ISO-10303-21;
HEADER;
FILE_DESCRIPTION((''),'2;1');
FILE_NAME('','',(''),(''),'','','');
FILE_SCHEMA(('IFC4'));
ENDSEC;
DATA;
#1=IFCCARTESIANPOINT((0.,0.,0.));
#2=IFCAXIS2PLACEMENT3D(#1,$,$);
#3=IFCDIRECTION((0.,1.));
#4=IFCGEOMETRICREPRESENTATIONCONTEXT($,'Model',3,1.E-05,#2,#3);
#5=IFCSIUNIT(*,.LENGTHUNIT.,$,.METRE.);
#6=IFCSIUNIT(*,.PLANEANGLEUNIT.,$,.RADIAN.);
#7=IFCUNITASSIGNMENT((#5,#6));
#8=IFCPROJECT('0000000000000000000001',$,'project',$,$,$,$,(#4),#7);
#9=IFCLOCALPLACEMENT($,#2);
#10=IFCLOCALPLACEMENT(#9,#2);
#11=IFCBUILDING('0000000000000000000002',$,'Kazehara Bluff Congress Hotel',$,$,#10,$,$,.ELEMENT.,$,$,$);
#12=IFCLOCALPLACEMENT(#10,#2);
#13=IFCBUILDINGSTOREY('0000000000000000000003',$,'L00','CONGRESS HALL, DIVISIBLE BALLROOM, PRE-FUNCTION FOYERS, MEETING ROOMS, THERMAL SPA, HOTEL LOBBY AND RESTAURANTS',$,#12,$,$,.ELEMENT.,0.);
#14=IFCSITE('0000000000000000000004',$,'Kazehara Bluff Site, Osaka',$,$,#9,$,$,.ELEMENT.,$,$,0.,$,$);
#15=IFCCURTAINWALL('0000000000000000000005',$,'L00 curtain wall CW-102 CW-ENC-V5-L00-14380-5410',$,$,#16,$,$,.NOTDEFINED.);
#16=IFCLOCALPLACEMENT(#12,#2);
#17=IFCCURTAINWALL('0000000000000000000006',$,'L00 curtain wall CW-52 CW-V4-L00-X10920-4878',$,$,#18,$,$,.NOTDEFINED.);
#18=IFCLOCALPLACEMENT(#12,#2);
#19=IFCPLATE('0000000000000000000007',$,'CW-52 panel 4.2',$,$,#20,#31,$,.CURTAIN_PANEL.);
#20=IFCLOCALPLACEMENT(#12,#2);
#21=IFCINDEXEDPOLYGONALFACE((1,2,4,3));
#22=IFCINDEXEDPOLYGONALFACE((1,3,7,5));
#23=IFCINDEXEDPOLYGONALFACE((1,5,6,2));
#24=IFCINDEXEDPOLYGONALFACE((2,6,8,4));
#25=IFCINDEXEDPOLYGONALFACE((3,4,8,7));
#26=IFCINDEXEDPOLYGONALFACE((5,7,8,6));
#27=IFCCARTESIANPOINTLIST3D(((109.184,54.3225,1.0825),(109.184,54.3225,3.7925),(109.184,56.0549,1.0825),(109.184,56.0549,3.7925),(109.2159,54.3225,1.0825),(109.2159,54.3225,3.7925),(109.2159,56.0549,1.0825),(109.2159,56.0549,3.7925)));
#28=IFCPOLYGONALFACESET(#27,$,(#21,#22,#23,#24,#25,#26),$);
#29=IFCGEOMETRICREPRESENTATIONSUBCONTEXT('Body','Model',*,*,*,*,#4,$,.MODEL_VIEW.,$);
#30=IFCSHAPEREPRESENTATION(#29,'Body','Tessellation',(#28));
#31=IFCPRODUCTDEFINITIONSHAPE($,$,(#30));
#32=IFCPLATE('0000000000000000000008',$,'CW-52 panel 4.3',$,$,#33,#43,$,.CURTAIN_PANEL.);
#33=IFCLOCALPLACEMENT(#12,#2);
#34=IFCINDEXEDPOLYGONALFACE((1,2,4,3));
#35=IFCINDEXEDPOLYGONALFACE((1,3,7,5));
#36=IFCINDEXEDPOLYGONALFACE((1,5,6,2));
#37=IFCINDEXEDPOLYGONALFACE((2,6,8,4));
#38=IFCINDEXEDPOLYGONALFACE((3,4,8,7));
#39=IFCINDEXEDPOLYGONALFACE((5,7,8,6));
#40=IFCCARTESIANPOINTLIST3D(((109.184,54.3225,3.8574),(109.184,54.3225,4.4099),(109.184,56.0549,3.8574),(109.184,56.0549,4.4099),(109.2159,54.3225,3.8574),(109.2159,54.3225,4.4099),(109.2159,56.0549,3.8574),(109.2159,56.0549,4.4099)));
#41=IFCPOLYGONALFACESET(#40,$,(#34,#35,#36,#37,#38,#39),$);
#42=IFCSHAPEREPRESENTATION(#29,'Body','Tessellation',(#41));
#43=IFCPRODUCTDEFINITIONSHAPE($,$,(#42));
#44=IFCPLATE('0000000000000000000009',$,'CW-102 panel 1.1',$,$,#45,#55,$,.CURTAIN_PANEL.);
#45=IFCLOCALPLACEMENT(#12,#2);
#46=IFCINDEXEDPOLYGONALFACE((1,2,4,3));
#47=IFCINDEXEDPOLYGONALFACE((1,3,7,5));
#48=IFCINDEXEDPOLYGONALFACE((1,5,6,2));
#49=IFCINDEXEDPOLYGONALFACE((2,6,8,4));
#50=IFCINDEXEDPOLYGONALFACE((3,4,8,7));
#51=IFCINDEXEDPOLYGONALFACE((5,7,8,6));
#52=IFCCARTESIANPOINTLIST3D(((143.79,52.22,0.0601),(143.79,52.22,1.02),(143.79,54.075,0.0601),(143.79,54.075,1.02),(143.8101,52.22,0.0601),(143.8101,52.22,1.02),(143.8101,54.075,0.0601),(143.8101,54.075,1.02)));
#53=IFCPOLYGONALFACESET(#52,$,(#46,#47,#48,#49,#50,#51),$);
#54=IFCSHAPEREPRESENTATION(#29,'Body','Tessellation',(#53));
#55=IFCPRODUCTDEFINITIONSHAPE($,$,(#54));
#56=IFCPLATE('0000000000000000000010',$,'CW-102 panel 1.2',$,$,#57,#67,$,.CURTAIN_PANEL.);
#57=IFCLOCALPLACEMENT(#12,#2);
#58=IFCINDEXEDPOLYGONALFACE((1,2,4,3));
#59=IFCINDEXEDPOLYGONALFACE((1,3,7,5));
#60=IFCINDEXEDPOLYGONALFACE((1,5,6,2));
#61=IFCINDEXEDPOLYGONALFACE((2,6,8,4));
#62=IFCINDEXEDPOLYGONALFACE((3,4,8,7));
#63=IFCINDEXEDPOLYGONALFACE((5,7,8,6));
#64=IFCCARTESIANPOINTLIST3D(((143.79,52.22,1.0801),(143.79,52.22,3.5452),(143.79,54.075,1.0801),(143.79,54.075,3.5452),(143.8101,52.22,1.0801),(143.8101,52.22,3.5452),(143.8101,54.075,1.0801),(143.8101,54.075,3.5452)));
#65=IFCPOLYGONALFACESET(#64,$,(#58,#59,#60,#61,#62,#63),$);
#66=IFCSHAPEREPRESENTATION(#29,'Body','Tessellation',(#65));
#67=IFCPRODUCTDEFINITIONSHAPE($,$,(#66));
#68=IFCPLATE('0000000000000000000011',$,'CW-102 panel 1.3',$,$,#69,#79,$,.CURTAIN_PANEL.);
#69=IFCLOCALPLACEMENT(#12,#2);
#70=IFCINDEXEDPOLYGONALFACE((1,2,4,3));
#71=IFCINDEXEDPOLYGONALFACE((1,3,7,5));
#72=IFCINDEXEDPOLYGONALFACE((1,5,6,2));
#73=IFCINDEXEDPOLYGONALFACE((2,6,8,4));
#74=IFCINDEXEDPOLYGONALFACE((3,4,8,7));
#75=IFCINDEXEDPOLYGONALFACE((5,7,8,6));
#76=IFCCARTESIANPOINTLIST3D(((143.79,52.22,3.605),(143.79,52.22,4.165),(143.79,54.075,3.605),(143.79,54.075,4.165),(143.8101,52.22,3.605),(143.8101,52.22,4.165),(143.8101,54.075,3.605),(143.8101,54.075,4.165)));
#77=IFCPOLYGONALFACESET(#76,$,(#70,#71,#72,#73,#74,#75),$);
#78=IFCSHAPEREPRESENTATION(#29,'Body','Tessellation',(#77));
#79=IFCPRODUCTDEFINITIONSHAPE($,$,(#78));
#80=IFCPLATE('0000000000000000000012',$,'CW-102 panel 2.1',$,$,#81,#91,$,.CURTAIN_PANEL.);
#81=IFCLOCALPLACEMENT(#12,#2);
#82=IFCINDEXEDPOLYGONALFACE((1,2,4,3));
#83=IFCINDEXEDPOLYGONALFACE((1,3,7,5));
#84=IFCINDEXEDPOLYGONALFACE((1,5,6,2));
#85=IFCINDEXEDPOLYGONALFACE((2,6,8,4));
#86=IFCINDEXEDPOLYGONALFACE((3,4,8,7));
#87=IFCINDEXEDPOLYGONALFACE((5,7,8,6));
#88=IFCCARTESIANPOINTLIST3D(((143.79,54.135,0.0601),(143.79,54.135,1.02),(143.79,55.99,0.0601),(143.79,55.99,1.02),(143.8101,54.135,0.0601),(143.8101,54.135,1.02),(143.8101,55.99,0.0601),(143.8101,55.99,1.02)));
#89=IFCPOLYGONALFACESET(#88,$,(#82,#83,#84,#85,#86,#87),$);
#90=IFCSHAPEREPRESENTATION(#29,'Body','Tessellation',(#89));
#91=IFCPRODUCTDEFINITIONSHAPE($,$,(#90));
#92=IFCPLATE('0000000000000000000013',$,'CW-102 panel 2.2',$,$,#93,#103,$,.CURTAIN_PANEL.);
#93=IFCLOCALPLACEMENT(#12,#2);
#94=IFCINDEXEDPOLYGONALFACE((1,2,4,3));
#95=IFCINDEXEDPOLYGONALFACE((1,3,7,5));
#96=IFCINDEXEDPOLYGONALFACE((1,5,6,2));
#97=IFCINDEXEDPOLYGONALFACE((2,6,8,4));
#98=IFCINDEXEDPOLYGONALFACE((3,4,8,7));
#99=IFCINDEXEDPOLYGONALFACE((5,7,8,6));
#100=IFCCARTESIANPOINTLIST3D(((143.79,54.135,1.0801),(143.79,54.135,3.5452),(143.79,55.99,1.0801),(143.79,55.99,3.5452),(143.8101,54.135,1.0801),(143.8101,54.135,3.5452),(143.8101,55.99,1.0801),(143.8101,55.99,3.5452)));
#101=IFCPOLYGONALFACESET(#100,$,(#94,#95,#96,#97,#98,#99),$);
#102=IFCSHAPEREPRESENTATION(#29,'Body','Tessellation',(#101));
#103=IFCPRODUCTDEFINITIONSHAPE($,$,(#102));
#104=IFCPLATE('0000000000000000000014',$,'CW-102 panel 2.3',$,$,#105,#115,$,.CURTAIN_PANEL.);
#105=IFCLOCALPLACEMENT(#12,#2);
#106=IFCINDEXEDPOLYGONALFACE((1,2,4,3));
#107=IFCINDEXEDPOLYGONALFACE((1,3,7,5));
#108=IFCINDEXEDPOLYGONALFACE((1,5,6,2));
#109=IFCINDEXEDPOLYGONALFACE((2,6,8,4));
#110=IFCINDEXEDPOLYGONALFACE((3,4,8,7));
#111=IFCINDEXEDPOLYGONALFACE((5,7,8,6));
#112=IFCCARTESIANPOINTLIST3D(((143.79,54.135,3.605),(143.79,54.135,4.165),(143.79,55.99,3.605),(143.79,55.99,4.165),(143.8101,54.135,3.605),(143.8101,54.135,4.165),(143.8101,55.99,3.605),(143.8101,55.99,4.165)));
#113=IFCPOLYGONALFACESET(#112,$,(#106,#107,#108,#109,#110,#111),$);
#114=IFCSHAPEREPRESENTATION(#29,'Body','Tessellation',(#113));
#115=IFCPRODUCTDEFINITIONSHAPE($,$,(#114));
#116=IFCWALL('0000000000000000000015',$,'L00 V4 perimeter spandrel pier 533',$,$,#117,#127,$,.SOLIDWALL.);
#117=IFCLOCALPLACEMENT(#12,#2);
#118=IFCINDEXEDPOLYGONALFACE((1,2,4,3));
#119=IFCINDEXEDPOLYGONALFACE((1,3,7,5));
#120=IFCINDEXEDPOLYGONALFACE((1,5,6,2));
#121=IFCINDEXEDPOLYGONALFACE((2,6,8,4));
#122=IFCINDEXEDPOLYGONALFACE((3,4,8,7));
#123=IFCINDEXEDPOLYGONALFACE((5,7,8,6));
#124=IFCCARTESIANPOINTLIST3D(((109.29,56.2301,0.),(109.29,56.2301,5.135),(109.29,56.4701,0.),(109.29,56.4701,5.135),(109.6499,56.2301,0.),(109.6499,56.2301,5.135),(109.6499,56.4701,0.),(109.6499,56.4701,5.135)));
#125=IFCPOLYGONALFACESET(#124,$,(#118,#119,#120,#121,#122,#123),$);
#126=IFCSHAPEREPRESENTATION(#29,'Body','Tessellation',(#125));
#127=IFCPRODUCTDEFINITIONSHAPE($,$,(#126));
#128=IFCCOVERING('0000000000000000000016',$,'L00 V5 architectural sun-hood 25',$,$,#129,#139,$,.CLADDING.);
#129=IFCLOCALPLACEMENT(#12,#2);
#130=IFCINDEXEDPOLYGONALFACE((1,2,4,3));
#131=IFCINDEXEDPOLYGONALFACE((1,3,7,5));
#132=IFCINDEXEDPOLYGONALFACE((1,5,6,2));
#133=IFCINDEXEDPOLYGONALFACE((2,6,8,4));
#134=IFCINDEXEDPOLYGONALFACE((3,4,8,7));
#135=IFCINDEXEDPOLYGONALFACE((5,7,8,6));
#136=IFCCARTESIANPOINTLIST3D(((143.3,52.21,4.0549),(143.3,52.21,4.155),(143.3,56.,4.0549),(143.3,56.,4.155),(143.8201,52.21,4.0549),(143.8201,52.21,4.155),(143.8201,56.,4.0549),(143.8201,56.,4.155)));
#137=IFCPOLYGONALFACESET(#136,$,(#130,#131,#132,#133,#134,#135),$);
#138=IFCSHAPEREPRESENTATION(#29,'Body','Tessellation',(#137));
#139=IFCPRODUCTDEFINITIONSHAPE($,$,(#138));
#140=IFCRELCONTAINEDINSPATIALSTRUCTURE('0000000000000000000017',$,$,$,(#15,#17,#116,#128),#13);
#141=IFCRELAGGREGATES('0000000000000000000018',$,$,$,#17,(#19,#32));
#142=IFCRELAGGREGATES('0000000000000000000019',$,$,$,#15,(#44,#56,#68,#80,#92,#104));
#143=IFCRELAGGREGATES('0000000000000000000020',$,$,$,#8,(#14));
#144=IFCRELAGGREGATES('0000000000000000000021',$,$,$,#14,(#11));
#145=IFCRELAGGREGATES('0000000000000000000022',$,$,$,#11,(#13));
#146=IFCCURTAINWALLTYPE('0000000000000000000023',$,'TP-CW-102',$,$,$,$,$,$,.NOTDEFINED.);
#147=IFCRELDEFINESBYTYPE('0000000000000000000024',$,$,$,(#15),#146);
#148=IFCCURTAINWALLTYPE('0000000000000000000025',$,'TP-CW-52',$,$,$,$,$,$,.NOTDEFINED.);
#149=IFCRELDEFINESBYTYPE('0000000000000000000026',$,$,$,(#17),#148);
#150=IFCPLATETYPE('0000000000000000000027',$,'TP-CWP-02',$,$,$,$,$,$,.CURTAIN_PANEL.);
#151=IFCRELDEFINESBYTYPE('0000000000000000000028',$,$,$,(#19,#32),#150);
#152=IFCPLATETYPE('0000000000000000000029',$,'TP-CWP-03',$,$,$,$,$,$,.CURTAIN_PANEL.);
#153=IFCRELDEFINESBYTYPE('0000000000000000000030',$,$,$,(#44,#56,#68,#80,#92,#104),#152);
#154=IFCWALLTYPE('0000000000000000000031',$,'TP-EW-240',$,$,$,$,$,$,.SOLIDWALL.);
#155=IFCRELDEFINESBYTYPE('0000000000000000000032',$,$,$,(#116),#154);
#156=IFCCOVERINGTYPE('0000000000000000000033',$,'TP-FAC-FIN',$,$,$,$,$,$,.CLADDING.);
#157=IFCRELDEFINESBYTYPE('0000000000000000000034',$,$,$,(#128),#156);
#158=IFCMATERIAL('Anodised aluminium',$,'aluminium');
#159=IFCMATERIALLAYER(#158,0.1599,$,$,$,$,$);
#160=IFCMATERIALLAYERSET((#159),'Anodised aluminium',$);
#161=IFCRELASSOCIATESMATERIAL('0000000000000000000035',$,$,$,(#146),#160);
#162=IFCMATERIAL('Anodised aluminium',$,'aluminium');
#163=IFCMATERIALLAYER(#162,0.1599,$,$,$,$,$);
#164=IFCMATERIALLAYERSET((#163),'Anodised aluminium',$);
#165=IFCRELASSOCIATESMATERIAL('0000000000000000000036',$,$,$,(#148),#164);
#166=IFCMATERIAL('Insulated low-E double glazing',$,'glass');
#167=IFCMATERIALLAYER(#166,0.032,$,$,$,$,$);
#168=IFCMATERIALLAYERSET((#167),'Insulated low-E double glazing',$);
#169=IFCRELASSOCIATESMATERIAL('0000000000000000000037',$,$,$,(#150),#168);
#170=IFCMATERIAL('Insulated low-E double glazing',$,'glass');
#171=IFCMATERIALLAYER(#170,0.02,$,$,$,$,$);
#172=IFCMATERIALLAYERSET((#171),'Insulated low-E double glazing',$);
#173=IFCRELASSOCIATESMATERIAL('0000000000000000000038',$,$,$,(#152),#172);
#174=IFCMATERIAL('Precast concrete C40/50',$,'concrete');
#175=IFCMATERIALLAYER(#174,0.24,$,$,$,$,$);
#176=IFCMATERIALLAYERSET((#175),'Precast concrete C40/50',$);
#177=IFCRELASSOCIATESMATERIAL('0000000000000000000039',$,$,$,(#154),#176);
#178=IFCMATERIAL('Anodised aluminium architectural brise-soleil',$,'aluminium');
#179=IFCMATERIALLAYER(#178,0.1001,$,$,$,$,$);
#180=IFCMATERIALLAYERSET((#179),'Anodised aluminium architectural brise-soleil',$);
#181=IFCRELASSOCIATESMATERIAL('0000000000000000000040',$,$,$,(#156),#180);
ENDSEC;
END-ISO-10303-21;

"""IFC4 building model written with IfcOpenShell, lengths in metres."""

from ifc_helpers import new_model, si_unit, direction, frame, frame_2d, origin, origin_2d, place, context, subcontext, project, spatial, rectangle, extrude, material, layer, layer_set, type_object, element, aggregate, save


model = new_model("IFC4")

# Units and contexts
model_context = context("Model", 3, precision=1e-05, world=origin(), true_north=direction((0.0, 1.0)))
body_context = subcontext(model_context, "Body", "Model", "MODEL_VIEW")
ifc_project = project(units=[si_unit("LENGTHUNIT", "METRE"), si_unit("PLANEANGLEUNIT", "RADIAN")], contexts=[model_context])

# Site, building, storey
site_placement = place(None, origin())
site = spatial("IfcSite", under=ifc_project, at=site_placement, Name="Kazehara Bluff Site, Osaka", CompositionType="ELEMENT", RefElevation=0.0)
building_placement = place(site_placement, origin())
building = spatial("IfcBuilding", under=site, at=building_placement, Name="Kazehara Bluff Congress Hotel", CompositionType="ELEMENT")
storey_placement = place(building_placement, origin())
storey = spatial("IfcBuildingStorey", under=building, at=storey_placement, Name="L00", Description="CONGRESS HALL, DIVISIBLE BALLROOM, PRE-FUNCTION FOYERS, MEETING ROOMS, THERMAL SPA, HOTEL LOBBY AND RESTAURANTS", CompositionType="ELEMENT", Elevation=0.0)

# Curtain walls
ifc_material_1 = material(Name="Anodised aluminium", Category="aluminium")
ifc_layer_1 = layer(ifc_material_1, 0.1599)
ifc_layer_set_1 = layer_set([ifc_layer_1], Name="Anodised aluminium")
curtain_wall_type_1 = type_object("IfcCurtainWallType", Name="TP-CW-102", PredefinedType="NOTDEFINED", material=ifc_layer_set_1)
curtain_wall_1_placement = place(storey_placement, origin())
curtain_wall_1 = element("IfcCurtainWall", 1, at=curtain_wall_1_placement, inside=storey, type_object=curtain_wall_type_1, Name="L00 curtain wall CW-102 CW-ENC-V5-L00-14380-5410", PredefinedType="NOTDEFINED")
ifc_material_2 = material(Name="Anodised aluminium", Category="aluminium")
ifc_layer_2 = layer(ifc_material_2, 0.1599)
ifc_layer_set_2 = layer_set([ifc_layer_2], Name="Anodised aluminium")
curtain_wall_type_2 = type_object("IfcCurtainWallType", Name="TP-CW-52", PredefinedType="NOTDEFINED", material=ifc_layer_set_2)
curtain_wall_2_placement = place(storey_placement, origin())
curtain_wall_2 = element("IfcCurtainWall", 2, at=curtain_wall_2_placement, inside=storey, type_object=curtain_wall_type_2, Name="L00 curtain wall CW-52 CW-V4-L00-X10920-4878", PredefinedType="NOTDEFINED")

# Plates
ifc_material_3 = material(Name="Insulated low-E double glazing", Category="glass")
ifc_layer_3 = layer(ifc_material_3, 0.032)
ifc_layer_set_3 = layer_set([ifc_layer_3], Name="Insulated low-E double glazing")
plate_type_1 = type_object("IfcPlateType", Name="TP-CWP-02", PredefinedType="CURTAIN_PANEL", material=ifc_layer_set_3)
plate_1_placement = place(storey_placement, frame((109.2, 55.1887, 1.0825), z_axis=(0.0, 0.0, 1.0), x_axis=(0.0, 1.0, 0.0)))
plate_1 = element("IfcPlate", 3, at=plate_1_placement, type_object=plate_type_1, Name="CW-52 panel 4.2", PredefinedType="CURTAIN_PANEL", context=body_context, shape_type="SweptSolid", body=[
    extrude(rectangle(XDim=1.7324, YDim=0.032, at=origin_2d()), origin(), (0.0, 0.0, 1.0), 2.71),
])
plate_2_placement = place(storey_placement, frame((109.2, 55.1887, 3.8574), z_axis=(0.0, 0.0, 1.0), x_axis=(0.0, 1.0, 0.0)))
plate_2 = element("IfcPlate", 4, at=plate_2_placement, type_object=plate_type_1, Name="CW-52 panel 4.3", PredefinedType="CURTAIN_PANEL", context=body_context, shape_type="SweptSolid", body=[
    extrude(rectangle(XDim=1.7324, YDim=0.032, at=origin_2d()), origin(), (0.0, 0.0, 1.0), 0.5525),
])
aggregate(curtain_wall_2, [plate_1, plate_2])
ifc_material_4 = material(Name="Insulated low-E double glazing", Category="glass")
ifc_layer_4 = layer(ifc_material_4, 0.02)
ifc_layer_set_4 = layer_set([ifc_layer_4], Name="Insulated low-E double glazing")
plate_type_2 = type_object("IfcPlateType", Name="TP-CWP-03", PredefinedType="CURTAIN_PANEL", material=ifc_layer_set_4)
plate_3_placement = place(storey_placement, frame((143.8, 53.1475, 0.0601), z_axis=(0.0, 0.0, 1.0), x_axis=(0.0, 1.0, 0.0)))
plate_3 = element("IfcPlate", 5, at=plate_3_placement, type_object=plate_type_2, Name="CW-102 panel 1.1", PredefinedType="CURTAIN_PANEL", context=body_context, shape_type="SweptSolid", body=[
    extrude(rectangle(XDim=1.855, YDim=0.02, at=origin_2d()), origin(), (0.0, 0.0, 1.0), 0.96),
])
plate_4_placement = place(storey_placement, frame((143.8, 53.1475, 1.0801), z_axis=(0.0, 0.0, 1.0), x_axis=(0.0, 1.0, 0.0)))
plate_4 = element("IfcPlate", 6, at=plate_4_placement, type_object=plate_type_2, Name="CW-102 panel 1.2", PredefinedType="CURTAIN_PANEL", context=body_context, shape_type="SweptSolid", body=[
    extrude(rectangle(XDim=1.855, YDim=0.02, at=origin_2d()), origin(), (0.0, 0.0, 1.0), 2.4651),
])
plate_5_placement = place(storey_placement, frame((143.8, 53.1475, 3.605), z_axis=(0.0, 0.0, 1.0), x_axis=(0.0, 1.0, 0.0)))
plate_5 = element("IfcPlate", 7, at=plate_5_placement, type_object=plate_type_2, Name="CW-102 panel 1.3", PredefinedType="CURTAIN_PANEL", context=body_context, shape_type="SweptSolid", body=[
    extrude(rectangle(XDim=1.855, YDim=0.02, at=origin_2d()), origin(), (0.0, 0.0, 1.0), 0.5601),
])
plate_6_placement = place(storey_placement, frame((143.8, 55.0625, 0.0601), z_axis=(0.0, 0.0, 1.0), x_axis=(0.0, 1.0, 0.0)))
plate_6 = element("IfcPlate", 8, at=plate_6_placement, type_object=plate_type_2, Name="CW-102 panel 2.1", PredefinedType="CURTAIN_PANEL", context=body_context, shape_type="SweptSolid", body=[
    extrude(rectangle(XDim=1.855, YDim=0.02, at=origin_2d()), origin(), (0.0, 0.0, 1.0), 0.96),
])
plate_7_placement = place(storey_placement, frame((143.8, 55.0625, 1.0801), z_axis=(0.0, 0.0, 1.0), x_axis=(0.0, 1.0, 0.0)))
plate_7 = element("IfcPlate", 9, at=plate_7_placement, type_object=plate_type_2, Name="CW-102 panel 2.2", PredefinedType="CURTAIN_PANEL", context=body_context, shape_type="SweptSolid", body=[
    extrude(rectangle(XDim=1.855, YDim=0.02, at=origin_2d()), origin(), (0.0, 0.0, 1.0), 2.4651),
])
plate_8_placement = place(storey_placement, frame((143.8, 55.0625, 3.605), z_axis=(0.0, 0.0, 1.0), x_axis=(0.0, 1.0, 0.0)))
plate_8 = element("IfcPlate", 10, at=plate_8_placement, type_object=plate_type_2, Name="CW-102 panel 2.3", PredefinedType="CURTAIN_PANEL", context=body_context, shape_type="SweptSolid", body=[
    extrude(rectangle(XDim=1.855, YDim=0.02, at=origin_2d()), origin(), (0.0, 0.0, 1.0), 0.5601),
])
aggregate(curtain_wall_1, [plate_3, plate_4, plate_5, plate_6, plate_7, plate_8])

# Wall
ifc_material_5 = material(Name="Precast concrete C40/50", Category="concrete")
ifc_layer_5 = layer(ifc_material_5, 0.24)
ifc_layer_set_5 = layer_set([ifc_layer_5], Name="Precast concrete C40/50")
wall_type = type_object("IfcWallType", Name="TP-EW-240", PredefinedType="SOLIDWALL", material=ifc_layer_set_5)
wall_placement = place(storey_placement, frame((109.29, 56.3501, 0.0), z_axis=(0.0, 0.0, 1.0), x_axis=(1.0, 0.0, 0.0)))
element("IfcWall", 11, at=wall_placement, inside=storey, type_object=wall_type, Name="L00 V4 perimeter spandrel pier 533", PredefinedType="SOLIDWALL", context=body_context, shape_type="SweptSolid", body=[
    extrude(rectangle(XDim=0.3599, YDim=0.24, at=frame_2d((0.1799, 0.0))), origin(), (0.0, 0.0, 1.0), 5.135),
])

# Covering
ifc_material_6 = material(Name="Anodised aluminium architectural brise-soleil", Category="aluminium")
ifc_layer_6 = layer(ifc_material_6, 0.1001)
ifc_layer_set_6 = layer_set([ifc_layer_6], Name="Anodised aluminium architectural brise-soleil")
covering_type = type_object("IfcCoveringType", Name="TP-FAC-FIN", PredefinedType="CLADDING", material=ifc_layer_set_6)
covering_placement = place(storey_placement, frame((143.5601, 54.105, 4.0549), z_axis=(0.0, 0.0, 1.0), x_axis=(1.0, 0.0, 0.0)))
element("IfcCovering", 12, at=covering_placement, inside=storey, type_object=covering_type, Name="L00 V5 architectural sun-hood 25", PredefinedType="CLADDING", context=body_context, shape_type="SweptSolid", body=[
    extrude(rectangle(XDim=0.52, YDim=3.79, at=origin_2d()), origin(), (0.0, 0.0, 1.0), 0.1001),
])

save(model, "model.ifc")
